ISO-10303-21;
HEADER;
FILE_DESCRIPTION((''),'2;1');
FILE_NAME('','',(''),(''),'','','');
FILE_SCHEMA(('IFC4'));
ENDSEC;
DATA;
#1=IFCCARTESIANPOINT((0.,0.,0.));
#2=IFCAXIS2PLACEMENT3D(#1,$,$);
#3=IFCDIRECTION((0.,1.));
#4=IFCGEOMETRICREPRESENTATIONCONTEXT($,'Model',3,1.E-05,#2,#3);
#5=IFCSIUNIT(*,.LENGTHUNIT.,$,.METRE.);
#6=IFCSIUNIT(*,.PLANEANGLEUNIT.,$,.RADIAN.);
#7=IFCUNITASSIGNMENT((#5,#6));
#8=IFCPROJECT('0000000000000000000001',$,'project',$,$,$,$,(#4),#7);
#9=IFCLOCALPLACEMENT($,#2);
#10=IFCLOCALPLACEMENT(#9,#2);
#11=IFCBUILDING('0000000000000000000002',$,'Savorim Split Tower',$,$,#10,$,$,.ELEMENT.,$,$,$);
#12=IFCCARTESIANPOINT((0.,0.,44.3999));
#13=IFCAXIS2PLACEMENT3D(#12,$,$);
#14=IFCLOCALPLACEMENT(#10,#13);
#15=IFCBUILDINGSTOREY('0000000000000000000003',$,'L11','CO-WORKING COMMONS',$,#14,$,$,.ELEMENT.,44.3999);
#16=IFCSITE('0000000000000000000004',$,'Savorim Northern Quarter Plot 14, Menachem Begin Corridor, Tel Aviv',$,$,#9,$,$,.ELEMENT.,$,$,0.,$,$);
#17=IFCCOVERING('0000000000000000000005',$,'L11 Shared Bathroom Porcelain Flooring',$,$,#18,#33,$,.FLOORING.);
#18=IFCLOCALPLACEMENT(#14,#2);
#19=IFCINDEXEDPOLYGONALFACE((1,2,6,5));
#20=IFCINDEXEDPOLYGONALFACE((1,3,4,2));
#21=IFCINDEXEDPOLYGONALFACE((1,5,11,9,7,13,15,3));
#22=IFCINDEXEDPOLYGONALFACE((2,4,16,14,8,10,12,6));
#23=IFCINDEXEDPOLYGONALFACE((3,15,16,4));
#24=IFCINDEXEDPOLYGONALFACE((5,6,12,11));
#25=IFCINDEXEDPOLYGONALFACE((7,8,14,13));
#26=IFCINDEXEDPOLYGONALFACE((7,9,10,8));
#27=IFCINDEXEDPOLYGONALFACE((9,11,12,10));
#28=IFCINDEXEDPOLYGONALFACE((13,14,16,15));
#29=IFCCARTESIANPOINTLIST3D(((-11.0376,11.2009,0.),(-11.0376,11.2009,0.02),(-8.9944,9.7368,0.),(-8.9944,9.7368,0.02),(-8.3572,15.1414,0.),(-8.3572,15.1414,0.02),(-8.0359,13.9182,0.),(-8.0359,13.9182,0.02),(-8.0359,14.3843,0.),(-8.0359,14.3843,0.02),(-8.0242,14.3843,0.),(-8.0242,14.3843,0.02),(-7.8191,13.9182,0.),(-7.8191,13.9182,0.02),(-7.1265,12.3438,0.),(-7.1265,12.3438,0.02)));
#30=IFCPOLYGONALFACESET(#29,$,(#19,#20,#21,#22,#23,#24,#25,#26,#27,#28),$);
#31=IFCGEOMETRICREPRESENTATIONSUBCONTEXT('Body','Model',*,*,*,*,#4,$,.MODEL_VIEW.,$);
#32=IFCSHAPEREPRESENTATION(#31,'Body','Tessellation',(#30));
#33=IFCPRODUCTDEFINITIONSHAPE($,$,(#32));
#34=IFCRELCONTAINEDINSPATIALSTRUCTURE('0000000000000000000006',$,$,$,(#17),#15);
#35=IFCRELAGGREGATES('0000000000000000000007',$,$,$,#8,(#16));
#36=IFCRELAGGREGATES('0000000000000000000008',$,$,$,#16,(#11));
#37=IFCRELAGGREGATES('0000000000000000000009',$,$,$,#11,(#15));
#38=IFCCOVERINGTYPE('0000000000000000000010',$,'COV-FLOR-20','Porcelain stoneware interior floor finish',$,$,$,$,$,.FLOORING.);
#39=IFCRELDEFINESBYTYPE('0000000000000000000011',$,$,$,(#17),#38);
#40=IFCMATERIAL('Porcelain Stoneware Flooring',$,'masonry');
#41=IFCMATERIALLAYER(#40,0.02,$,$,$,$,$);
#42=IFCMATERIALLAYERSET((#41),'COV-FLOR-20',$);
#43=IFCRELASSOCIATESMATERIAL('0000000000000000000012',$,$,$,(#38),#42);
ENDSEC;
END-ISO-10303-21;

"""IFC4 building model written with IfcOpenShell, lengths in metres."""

from ifc_helpers import new_model, si_unit, direction, frame, origin, place, context, subcontext, project, spatial, polyline, outline, extrude, material, layer, layer_set, type_object, element, save


model = new_model("IFC4")

# Units and contexts
model_context = context("Model", 3, precision=1e-05, world=origin(), true_north=direction((0.0, 1.0)))
body_context = subcontext(model_context, "Body", "Model", "MODEL_VIEW")
ifc_project = project(units=[si_unit("LENGTHUNIT", "METRE"), si_unit("PLANEANGLEUNIT", "RADIAN")], contexts=[model_context])

# Site, building, storey
site_placement = place(None, origin())
site = spatial("IfcSite", under=ifc_project, at=site_placement, Name="Savorim Northern Quarter Plot 14, Menachem Begin Corridor, Tel Aviv", CompositionType="ELEMENT", RefElevation=0.0)
building_placement = place(site_placement, origin())
building = spatial("IfcBuilding", under=site, at=building_placement, Name="Savorim Split Tower", CompositionType="ELEMENT")
storey_placement = place(building_placement, frame((0.0, 0.0, 44.3999)))
storey = spatial("IfcBuildingStorey", under=building, at=storey_placement, Name="L11", Description="CO-WORKING COMMONS", CompositionType="ELEMENT", Elevation=44.3999)

# Covering
ifc_material_1 = material(Name="Porcelain Stoneware Flooring", Category="masonry")
ifc_layer_1 = layer(ifc_material_1, 0.02)
ifc_layer_set_1 = layer_set([ifc_layer_1], Name="COV-FLOR-20")
covering_type_1 = type_object("IfcCoveringType", Name="COV-FLOR-20", Description="Porcelain stoneware interior floor finish", PredefinedType="FLOORING", material=ifc_layer_set_1)
covering_1_placement = place(storey_placement, origin())
element("IfcCovering", 1, at=covering_1_placement, inside=storey, type_object=covering_type_1, Name="L11 Shared Bathroom Porcelain Flooring", PredefinedType="FLOORING", context=body_context, shape_type="SweptSolid", body=[
    extrude(outline(polyline([(-11.0376, 11.2009), (-8.9944, 9.7368), (-7.1265, 12.3438), (-7.8191, 13.9182), (-8.0359, 13.9182), (-8.0359, 14.3843), (-8.0242, 14.3843), (-8.3572, 15.1414), (-11.0376, 11.2009)])), origin(), (0.0, 0.0, 1.0), 0.02),
])

save(model, "model.ifc")
